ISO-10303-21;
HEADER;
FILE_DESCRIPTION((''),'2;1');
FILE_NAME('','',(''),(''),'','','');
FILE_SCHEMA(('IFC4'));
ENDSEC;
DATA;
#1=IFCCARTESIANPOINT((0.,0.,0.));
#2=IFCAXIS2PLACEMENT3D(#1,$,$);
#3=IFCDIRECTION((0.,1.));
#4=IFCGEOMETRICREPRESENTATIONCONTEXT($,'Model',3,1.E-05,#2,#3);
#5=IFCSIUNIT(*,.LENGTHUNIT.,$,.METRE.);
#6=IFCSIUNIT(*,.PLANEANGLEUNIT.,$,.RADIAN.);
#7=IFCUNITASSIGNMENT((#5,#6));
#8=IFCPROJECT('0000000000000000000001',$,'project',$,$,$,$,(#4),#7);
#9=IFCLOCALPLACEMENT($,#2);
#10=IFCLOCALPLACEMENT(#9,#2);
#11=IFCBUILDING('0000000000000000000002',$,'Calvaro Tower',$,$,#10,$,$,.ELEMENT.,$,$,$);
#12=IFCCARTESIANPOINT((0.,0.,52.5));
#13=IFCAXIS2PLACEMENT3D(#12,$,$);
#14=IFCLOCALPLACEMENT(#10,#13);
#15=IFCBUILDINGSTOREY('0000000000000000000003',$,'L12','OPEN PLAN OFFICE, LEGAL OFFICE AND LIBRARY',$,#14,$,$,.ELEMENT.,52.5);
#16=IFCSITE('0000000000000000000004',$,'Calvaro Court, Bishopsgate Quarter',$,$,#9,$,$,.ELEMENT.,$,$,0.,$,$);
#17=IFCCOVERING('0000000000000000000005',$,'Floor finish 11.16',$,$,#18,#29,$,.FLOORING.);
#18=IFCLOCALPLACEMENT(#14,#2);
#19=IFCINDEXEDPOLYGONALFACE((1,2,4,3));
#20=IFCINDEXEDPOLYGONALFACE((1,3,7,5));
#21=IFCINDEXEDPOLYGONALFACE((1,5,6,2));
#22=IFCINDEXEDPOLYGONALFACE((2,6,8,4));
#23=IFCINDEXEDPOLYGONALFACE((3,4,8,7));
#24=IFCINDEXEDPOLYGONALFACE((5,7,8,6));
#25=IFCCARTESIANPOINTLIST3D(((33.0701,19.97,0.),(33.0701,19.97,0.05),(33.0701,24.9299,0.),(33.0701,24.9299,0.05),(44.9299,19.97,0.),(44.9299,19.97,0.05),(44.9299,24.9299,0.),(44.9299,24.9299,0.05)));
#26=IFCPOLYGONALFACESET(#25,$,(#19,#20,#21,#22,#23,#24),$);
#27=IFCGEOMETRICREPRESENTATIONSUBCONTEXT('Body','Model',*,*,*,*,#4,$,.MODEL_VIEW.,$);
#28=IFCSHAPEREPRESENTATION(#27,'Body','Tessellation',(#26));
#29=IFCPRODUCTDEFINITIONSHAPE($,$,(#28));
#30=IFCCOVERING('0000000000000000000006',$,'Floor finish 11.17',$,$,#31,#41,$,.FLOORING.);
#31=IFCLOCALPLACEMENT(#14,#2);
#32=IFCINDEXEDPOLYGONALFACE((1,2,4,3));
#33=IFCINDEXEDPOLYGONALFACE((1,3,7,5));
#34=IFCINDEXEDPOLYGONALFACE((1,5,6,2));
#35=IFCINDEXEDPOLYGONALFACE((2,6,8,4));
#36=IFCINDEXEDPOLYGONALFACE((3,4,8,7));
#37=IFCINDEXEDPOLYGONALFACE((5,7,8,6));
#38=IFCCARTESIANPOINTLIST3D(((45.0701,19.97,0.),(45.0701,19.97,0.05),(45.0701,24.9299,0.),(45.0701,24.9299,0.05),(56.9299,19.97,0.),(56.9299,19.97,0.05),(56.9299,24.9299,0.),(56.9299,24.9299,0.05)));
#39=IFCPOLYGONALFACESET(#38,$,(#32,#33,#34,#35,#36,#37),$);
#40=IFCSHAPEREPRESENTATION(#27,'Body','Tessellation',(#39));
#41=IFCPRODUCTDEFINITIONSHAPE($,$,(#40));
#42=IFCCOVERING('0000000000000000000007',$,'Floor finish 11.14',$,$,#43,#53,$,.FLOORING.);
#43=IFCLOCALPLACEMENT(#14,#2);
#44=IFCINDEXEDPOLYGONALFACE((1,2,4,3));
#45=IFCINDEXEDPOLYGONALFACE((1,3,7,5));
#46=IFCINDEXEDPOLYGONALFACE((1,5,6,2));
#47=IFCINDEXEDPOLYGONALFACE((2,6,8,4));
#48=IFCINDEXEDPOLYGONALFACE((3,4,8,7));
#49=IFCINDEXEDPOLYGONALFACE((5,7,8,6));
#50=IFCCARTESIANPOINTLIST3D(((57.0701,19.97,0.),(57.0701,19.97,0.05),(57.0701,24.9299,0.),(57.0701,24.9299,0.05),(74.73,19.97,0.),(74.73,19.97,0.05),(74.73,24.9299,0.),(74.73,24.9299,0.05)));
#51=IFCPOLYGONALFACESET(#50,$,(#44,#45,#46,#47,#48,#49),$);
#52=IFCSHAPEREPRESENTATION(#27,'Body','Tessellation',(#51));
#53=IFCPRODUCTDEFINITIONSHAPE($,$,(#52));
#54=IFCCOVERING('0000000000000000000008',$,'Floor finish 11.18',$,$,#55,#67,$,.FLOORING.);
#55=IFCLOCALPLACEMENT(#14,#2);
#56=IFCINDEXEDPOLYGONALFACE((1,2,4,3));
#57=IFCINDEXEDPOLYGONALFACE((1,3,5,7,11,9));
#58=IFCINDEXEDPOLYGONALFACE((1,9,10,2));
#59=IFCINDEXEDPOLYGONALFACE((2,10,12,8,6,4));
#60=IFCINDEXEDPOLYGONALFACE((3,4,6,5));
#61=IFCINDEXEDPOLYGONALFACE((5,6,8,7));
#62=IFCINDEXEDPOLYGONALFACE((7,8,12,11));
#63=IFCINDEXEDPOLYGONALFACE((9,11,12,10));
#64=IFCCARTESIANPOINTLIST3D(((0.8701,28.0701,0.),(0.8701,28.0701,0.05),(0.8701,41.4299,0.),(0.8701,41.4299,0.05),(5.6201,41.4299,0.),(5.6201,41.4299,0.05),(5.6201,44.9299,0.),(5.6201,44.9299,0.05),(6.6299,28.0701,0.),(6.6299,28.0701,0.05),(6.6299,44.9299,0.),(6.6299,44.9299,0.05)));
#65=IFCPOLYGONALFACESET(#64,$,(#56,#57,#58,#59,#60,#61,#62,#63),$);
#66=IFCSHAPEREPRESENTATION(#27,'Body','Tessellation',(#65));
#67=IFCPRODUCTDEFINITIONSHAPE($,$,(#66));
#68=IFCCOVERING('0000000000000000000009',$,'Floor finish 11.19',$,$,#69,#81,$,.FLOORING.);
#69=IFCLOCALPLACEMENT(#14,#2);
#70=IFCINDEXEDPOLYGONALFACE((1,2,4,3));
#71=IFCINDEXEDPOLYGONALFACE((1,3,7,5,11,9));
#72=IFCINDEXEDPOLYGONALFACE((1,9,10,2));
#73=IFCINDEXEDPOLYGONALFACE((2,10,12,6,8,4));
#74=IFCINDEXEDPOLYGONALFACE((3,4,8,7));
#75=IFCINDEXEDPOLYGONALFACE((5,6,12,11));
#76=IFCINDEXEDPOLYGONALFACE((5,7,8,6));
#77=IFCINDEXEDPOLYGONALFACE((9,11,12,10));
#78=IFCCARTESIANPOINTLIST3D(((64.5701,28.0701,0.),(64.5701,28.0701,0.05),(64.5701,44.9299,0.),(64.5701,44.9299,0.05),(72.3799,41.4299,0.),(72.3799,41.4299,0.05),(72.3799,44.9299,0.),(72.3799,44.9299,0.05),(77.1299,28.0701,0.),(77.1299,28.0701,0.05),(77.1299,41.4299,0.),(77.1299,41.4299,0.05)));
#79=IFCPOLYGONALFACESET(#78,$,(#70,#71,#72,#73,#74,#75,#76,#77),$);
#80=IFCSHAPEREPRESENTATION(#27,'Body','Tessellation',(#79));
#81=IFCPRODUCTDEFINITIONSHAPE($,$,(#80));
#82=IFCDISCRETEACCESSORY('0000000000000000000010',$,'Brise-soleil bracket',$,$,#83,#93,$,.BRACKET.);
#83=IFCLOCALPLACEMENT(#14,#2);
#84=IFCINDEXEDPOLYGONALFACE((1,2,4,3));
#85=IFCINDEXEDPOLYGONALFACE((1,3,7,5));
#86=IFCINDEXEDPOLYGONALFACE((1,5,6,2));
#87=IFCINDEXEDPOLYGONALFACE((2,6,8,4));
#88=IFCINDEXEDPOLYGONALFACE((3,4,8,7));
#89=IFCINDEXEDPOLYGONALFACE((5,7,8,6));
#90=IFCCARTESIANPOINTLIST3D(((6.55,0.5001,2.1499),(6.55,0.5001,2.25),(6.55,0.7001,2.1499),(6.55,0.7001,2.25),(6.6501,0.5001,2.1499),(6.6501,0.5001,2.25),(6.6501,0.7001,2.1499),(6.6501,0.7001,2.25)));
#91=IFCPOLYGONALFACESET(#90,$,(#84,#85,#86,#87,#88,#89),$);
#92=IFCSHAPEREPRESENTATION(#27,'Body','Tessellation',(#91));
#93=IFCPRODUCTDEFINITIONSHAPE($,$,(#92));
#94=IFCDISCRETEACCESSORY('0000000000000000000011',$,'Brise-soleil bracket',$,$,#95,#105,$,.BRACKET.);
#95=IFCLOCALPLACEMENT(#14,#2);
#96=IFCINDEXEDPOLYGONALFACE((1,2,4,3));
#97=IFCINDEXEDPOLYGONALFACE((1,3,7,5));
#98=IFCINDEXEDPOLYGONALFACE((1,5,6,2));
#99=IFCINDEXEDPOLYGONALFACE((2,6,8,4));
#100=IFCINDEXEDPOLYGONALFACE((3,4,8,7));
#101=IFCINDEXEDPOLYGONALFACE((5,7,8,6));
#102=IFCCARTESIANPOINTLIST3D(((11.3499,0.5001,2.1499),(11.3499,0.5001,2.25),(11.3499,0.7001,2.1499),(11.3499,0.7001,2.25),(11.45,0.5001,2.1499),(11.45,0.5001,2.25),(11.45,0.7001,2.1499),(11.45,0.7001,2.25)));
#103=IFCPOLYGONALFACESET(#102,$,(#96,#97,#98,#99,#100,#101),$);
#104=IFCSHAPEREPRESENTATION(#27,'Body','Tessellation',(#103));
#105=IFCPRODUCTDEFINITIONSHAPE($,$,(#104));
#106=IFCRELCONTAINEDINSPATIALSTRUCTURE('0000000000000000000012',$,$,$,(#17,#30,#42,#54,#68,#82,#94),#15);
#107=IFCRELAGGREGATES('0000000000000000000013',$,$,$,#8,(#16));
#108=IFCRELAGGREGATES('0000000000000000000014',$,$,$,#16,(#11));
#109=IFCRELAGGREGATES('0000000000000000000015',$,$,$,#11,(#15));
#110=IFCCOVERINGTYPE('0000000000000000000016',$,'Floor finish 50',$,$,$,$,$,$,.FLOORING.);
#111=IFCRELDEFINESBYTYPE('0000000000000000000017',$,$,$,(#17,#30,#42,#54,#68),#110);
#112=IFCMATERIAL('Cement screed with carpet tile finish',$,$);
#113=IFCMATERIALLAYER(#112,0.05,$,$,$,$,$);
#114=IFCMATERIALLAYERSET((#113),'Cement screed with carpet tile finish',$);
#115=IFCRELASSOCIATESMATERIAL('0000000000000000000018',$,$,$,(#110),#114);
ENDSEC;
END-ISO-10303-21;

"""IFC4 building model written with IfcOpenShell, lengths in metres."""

from ifc_helpers import new_model, si_unit, direction, frame, origin, origin_2d, place, context, subcontext, project, spatial, polyline, rectangle, outline, extrude, material, layer, layer_set, type_object, element, save


model = new_model("IFC4")

# Units and contexts
model_context = context("Model", 3, precision=1e-05, world=origin(), true_north=direction((0.0, 1.0)))
body_context = subcontext(model_context, "Body", "Model", "MODEL_VIEW")
ifc_project = project(units=[si_unit("LENGTHUNIT", "METRE"), si_unit("PLANEANGLEUNIT", "RADIAN")], contexts=[model_context])

# Site, building, storey
site_placement = place(None, origin())
site = spatial("IfcSite", under=ifc_project, at=site_placement, Name="Calvaro Court, Bishopsgate Quarter", CompositionType="ELEMENT", RefElevation=0.0)
building_placement = place(site_placement, origin())
building = spatial("IfcBuilding", under=site, at=building_placement, Name="Calvaro Tower", CompositionType="ELEMENT")
storey_placement = place(building_placement, frame((0.0, 0.0, 52.5)))
storey = spatial("IfcBuildingStorey", under=building, at=storey_placement, Name="L12", Description="OPEN PLAN OFFICE, LEGAL OFFICE AND LIBRARY", CompositionType="ELEMENT", Elevation=52.5)

# Coverings
ifc_material_1 = material(Name="Cement screed with carpet tile finish")
ifc_layer_1 = layer(ifc_material_1, 0.05)
ifc_layer_set_1 = layer_set([ifc_layer_1], Name="Cement screed with carpet tile finish")
covering_type = type_object("IfcCoveringType", Name="Floor finish 50", PredefinedType="FLOORING", material=ifc_layer_set_1)
covering_1_placement = place(storey_placement, origin())
element("IfcCovering", 1, at=covering_1_placement, inside=storey, type_object=covering_type, Name="Floor finish 11.16", PredefinedType="FLOORING", context=body_context, shape_type="SweptSolid", body=[
    extrude(outline(polyline([(33.0701, 19.97), (33.0701, 24.9299), (44.9299, 24.9299), (44.9299, 19.97), (33.0701, 19.97)])), origin(), (0.0, 0.0, 1.0), 0.05),
])
covering_2_placement = place(storey_placement, origin())
element("IfcCovering", 2, at=covering_2_placement, inside=storey, type_object=covering_type, Name="Floor finish 11.17", PredefinedType="FLOORING", context=body_context, shape_type="SweptSolid", body=[
    extrude(outline(polyline([(45.0701, 19.97), (45.0701, 24.9299), (56.9299, 24.9299), (56.9299, 19.97), (45.0701, 19.97)])), origin(), (0.0, 0.0, 1.0), 0.05),
])
covering_3_placement = place(storey_placement, origin())
element("IfcCovering", 3, at=covering_3_placement, inside=storey, type_object=covering_type, Name="Floor finish 11.14", PredefinedType="FLOORING", context=body_context, shape_type="SweptSolid", body=[
    extrude(outline(polyline([(57.0701, 19.97), (57.0701, 24.9299), (74.73, 24.9299), (74.73, 19.97), (57.0701, 19.97)])), origin(), (0.0, 0.0, 1.0), 0.05),
])
covering_4_placement = place(storey_placement, origin())
element("IfcCovering", 4, at=covering_4_placement, inside=storey, type_object=covering_type, Name="Floor finish 11.18", PredefinedType="FLOORING", context=body_context, shape_type="SweptSolid", body=[
    extrude(outline(polyline([(6.6299, 28.0701), (0.8701, 28.0701), (0.8701, 41.4299), (5.6201, 41.4299), (5.6201, 44.9299), (6.6299, 44.9299), (6.6299, 28.0701)])), origin(), (0.0, 0.0, 1.0), 0.05),
])
covering_5_placement = place(storey_placement, origin())
element("IfcCovering", 5, at=covering_5_placement, inside=storey, type_object=covering_type, Name="Floor finish 11.19", PredefinedType="FLOORING", context=body_context, shape_type="SweptSolid", body=[
    extrude(outline(polyline([(77.1299, 28.0701), (64.5701, 28.0701), (64.5701, 44.9299), (72.3799, 44.9299), (72.3799, 41.4299), (77.1299, 41.4299), (77.1299, 28.0701)])), origin(), (0.0, 0.0, 1.0), 0.05),
])

# Discrete accessories
for number, where, z_axis, x_axis, name in (
    (6, (6.6001, 0.6001, 2.1499), (0.0, 0.0, 1.0), (1.0, 0.0, 0.0), "Brise-soleil bracket"),
    (7, (11.3999, 0.6001, 2.1499), (0.0, 0.0, 1.0), (1.0, 0.0, 0.0), "Brise-soleil bracket"),
):
    element("IfcDiscreteAccessory", number, at=place(storey_placement, frame(where, z_axis=z_axis, x_axis=x_axis)), inside=storey, Name=name, PredefinedType="BRACKET", context=body_context, shape_type="SweptSolid", body=[
        extrude(rectangle(XDim=0.1001, YDim=0.2, at=origin_2d()), origin(), (0.0, 0.0, 1.0), 0.1001),
    ])

save(model, "model.ifc")
